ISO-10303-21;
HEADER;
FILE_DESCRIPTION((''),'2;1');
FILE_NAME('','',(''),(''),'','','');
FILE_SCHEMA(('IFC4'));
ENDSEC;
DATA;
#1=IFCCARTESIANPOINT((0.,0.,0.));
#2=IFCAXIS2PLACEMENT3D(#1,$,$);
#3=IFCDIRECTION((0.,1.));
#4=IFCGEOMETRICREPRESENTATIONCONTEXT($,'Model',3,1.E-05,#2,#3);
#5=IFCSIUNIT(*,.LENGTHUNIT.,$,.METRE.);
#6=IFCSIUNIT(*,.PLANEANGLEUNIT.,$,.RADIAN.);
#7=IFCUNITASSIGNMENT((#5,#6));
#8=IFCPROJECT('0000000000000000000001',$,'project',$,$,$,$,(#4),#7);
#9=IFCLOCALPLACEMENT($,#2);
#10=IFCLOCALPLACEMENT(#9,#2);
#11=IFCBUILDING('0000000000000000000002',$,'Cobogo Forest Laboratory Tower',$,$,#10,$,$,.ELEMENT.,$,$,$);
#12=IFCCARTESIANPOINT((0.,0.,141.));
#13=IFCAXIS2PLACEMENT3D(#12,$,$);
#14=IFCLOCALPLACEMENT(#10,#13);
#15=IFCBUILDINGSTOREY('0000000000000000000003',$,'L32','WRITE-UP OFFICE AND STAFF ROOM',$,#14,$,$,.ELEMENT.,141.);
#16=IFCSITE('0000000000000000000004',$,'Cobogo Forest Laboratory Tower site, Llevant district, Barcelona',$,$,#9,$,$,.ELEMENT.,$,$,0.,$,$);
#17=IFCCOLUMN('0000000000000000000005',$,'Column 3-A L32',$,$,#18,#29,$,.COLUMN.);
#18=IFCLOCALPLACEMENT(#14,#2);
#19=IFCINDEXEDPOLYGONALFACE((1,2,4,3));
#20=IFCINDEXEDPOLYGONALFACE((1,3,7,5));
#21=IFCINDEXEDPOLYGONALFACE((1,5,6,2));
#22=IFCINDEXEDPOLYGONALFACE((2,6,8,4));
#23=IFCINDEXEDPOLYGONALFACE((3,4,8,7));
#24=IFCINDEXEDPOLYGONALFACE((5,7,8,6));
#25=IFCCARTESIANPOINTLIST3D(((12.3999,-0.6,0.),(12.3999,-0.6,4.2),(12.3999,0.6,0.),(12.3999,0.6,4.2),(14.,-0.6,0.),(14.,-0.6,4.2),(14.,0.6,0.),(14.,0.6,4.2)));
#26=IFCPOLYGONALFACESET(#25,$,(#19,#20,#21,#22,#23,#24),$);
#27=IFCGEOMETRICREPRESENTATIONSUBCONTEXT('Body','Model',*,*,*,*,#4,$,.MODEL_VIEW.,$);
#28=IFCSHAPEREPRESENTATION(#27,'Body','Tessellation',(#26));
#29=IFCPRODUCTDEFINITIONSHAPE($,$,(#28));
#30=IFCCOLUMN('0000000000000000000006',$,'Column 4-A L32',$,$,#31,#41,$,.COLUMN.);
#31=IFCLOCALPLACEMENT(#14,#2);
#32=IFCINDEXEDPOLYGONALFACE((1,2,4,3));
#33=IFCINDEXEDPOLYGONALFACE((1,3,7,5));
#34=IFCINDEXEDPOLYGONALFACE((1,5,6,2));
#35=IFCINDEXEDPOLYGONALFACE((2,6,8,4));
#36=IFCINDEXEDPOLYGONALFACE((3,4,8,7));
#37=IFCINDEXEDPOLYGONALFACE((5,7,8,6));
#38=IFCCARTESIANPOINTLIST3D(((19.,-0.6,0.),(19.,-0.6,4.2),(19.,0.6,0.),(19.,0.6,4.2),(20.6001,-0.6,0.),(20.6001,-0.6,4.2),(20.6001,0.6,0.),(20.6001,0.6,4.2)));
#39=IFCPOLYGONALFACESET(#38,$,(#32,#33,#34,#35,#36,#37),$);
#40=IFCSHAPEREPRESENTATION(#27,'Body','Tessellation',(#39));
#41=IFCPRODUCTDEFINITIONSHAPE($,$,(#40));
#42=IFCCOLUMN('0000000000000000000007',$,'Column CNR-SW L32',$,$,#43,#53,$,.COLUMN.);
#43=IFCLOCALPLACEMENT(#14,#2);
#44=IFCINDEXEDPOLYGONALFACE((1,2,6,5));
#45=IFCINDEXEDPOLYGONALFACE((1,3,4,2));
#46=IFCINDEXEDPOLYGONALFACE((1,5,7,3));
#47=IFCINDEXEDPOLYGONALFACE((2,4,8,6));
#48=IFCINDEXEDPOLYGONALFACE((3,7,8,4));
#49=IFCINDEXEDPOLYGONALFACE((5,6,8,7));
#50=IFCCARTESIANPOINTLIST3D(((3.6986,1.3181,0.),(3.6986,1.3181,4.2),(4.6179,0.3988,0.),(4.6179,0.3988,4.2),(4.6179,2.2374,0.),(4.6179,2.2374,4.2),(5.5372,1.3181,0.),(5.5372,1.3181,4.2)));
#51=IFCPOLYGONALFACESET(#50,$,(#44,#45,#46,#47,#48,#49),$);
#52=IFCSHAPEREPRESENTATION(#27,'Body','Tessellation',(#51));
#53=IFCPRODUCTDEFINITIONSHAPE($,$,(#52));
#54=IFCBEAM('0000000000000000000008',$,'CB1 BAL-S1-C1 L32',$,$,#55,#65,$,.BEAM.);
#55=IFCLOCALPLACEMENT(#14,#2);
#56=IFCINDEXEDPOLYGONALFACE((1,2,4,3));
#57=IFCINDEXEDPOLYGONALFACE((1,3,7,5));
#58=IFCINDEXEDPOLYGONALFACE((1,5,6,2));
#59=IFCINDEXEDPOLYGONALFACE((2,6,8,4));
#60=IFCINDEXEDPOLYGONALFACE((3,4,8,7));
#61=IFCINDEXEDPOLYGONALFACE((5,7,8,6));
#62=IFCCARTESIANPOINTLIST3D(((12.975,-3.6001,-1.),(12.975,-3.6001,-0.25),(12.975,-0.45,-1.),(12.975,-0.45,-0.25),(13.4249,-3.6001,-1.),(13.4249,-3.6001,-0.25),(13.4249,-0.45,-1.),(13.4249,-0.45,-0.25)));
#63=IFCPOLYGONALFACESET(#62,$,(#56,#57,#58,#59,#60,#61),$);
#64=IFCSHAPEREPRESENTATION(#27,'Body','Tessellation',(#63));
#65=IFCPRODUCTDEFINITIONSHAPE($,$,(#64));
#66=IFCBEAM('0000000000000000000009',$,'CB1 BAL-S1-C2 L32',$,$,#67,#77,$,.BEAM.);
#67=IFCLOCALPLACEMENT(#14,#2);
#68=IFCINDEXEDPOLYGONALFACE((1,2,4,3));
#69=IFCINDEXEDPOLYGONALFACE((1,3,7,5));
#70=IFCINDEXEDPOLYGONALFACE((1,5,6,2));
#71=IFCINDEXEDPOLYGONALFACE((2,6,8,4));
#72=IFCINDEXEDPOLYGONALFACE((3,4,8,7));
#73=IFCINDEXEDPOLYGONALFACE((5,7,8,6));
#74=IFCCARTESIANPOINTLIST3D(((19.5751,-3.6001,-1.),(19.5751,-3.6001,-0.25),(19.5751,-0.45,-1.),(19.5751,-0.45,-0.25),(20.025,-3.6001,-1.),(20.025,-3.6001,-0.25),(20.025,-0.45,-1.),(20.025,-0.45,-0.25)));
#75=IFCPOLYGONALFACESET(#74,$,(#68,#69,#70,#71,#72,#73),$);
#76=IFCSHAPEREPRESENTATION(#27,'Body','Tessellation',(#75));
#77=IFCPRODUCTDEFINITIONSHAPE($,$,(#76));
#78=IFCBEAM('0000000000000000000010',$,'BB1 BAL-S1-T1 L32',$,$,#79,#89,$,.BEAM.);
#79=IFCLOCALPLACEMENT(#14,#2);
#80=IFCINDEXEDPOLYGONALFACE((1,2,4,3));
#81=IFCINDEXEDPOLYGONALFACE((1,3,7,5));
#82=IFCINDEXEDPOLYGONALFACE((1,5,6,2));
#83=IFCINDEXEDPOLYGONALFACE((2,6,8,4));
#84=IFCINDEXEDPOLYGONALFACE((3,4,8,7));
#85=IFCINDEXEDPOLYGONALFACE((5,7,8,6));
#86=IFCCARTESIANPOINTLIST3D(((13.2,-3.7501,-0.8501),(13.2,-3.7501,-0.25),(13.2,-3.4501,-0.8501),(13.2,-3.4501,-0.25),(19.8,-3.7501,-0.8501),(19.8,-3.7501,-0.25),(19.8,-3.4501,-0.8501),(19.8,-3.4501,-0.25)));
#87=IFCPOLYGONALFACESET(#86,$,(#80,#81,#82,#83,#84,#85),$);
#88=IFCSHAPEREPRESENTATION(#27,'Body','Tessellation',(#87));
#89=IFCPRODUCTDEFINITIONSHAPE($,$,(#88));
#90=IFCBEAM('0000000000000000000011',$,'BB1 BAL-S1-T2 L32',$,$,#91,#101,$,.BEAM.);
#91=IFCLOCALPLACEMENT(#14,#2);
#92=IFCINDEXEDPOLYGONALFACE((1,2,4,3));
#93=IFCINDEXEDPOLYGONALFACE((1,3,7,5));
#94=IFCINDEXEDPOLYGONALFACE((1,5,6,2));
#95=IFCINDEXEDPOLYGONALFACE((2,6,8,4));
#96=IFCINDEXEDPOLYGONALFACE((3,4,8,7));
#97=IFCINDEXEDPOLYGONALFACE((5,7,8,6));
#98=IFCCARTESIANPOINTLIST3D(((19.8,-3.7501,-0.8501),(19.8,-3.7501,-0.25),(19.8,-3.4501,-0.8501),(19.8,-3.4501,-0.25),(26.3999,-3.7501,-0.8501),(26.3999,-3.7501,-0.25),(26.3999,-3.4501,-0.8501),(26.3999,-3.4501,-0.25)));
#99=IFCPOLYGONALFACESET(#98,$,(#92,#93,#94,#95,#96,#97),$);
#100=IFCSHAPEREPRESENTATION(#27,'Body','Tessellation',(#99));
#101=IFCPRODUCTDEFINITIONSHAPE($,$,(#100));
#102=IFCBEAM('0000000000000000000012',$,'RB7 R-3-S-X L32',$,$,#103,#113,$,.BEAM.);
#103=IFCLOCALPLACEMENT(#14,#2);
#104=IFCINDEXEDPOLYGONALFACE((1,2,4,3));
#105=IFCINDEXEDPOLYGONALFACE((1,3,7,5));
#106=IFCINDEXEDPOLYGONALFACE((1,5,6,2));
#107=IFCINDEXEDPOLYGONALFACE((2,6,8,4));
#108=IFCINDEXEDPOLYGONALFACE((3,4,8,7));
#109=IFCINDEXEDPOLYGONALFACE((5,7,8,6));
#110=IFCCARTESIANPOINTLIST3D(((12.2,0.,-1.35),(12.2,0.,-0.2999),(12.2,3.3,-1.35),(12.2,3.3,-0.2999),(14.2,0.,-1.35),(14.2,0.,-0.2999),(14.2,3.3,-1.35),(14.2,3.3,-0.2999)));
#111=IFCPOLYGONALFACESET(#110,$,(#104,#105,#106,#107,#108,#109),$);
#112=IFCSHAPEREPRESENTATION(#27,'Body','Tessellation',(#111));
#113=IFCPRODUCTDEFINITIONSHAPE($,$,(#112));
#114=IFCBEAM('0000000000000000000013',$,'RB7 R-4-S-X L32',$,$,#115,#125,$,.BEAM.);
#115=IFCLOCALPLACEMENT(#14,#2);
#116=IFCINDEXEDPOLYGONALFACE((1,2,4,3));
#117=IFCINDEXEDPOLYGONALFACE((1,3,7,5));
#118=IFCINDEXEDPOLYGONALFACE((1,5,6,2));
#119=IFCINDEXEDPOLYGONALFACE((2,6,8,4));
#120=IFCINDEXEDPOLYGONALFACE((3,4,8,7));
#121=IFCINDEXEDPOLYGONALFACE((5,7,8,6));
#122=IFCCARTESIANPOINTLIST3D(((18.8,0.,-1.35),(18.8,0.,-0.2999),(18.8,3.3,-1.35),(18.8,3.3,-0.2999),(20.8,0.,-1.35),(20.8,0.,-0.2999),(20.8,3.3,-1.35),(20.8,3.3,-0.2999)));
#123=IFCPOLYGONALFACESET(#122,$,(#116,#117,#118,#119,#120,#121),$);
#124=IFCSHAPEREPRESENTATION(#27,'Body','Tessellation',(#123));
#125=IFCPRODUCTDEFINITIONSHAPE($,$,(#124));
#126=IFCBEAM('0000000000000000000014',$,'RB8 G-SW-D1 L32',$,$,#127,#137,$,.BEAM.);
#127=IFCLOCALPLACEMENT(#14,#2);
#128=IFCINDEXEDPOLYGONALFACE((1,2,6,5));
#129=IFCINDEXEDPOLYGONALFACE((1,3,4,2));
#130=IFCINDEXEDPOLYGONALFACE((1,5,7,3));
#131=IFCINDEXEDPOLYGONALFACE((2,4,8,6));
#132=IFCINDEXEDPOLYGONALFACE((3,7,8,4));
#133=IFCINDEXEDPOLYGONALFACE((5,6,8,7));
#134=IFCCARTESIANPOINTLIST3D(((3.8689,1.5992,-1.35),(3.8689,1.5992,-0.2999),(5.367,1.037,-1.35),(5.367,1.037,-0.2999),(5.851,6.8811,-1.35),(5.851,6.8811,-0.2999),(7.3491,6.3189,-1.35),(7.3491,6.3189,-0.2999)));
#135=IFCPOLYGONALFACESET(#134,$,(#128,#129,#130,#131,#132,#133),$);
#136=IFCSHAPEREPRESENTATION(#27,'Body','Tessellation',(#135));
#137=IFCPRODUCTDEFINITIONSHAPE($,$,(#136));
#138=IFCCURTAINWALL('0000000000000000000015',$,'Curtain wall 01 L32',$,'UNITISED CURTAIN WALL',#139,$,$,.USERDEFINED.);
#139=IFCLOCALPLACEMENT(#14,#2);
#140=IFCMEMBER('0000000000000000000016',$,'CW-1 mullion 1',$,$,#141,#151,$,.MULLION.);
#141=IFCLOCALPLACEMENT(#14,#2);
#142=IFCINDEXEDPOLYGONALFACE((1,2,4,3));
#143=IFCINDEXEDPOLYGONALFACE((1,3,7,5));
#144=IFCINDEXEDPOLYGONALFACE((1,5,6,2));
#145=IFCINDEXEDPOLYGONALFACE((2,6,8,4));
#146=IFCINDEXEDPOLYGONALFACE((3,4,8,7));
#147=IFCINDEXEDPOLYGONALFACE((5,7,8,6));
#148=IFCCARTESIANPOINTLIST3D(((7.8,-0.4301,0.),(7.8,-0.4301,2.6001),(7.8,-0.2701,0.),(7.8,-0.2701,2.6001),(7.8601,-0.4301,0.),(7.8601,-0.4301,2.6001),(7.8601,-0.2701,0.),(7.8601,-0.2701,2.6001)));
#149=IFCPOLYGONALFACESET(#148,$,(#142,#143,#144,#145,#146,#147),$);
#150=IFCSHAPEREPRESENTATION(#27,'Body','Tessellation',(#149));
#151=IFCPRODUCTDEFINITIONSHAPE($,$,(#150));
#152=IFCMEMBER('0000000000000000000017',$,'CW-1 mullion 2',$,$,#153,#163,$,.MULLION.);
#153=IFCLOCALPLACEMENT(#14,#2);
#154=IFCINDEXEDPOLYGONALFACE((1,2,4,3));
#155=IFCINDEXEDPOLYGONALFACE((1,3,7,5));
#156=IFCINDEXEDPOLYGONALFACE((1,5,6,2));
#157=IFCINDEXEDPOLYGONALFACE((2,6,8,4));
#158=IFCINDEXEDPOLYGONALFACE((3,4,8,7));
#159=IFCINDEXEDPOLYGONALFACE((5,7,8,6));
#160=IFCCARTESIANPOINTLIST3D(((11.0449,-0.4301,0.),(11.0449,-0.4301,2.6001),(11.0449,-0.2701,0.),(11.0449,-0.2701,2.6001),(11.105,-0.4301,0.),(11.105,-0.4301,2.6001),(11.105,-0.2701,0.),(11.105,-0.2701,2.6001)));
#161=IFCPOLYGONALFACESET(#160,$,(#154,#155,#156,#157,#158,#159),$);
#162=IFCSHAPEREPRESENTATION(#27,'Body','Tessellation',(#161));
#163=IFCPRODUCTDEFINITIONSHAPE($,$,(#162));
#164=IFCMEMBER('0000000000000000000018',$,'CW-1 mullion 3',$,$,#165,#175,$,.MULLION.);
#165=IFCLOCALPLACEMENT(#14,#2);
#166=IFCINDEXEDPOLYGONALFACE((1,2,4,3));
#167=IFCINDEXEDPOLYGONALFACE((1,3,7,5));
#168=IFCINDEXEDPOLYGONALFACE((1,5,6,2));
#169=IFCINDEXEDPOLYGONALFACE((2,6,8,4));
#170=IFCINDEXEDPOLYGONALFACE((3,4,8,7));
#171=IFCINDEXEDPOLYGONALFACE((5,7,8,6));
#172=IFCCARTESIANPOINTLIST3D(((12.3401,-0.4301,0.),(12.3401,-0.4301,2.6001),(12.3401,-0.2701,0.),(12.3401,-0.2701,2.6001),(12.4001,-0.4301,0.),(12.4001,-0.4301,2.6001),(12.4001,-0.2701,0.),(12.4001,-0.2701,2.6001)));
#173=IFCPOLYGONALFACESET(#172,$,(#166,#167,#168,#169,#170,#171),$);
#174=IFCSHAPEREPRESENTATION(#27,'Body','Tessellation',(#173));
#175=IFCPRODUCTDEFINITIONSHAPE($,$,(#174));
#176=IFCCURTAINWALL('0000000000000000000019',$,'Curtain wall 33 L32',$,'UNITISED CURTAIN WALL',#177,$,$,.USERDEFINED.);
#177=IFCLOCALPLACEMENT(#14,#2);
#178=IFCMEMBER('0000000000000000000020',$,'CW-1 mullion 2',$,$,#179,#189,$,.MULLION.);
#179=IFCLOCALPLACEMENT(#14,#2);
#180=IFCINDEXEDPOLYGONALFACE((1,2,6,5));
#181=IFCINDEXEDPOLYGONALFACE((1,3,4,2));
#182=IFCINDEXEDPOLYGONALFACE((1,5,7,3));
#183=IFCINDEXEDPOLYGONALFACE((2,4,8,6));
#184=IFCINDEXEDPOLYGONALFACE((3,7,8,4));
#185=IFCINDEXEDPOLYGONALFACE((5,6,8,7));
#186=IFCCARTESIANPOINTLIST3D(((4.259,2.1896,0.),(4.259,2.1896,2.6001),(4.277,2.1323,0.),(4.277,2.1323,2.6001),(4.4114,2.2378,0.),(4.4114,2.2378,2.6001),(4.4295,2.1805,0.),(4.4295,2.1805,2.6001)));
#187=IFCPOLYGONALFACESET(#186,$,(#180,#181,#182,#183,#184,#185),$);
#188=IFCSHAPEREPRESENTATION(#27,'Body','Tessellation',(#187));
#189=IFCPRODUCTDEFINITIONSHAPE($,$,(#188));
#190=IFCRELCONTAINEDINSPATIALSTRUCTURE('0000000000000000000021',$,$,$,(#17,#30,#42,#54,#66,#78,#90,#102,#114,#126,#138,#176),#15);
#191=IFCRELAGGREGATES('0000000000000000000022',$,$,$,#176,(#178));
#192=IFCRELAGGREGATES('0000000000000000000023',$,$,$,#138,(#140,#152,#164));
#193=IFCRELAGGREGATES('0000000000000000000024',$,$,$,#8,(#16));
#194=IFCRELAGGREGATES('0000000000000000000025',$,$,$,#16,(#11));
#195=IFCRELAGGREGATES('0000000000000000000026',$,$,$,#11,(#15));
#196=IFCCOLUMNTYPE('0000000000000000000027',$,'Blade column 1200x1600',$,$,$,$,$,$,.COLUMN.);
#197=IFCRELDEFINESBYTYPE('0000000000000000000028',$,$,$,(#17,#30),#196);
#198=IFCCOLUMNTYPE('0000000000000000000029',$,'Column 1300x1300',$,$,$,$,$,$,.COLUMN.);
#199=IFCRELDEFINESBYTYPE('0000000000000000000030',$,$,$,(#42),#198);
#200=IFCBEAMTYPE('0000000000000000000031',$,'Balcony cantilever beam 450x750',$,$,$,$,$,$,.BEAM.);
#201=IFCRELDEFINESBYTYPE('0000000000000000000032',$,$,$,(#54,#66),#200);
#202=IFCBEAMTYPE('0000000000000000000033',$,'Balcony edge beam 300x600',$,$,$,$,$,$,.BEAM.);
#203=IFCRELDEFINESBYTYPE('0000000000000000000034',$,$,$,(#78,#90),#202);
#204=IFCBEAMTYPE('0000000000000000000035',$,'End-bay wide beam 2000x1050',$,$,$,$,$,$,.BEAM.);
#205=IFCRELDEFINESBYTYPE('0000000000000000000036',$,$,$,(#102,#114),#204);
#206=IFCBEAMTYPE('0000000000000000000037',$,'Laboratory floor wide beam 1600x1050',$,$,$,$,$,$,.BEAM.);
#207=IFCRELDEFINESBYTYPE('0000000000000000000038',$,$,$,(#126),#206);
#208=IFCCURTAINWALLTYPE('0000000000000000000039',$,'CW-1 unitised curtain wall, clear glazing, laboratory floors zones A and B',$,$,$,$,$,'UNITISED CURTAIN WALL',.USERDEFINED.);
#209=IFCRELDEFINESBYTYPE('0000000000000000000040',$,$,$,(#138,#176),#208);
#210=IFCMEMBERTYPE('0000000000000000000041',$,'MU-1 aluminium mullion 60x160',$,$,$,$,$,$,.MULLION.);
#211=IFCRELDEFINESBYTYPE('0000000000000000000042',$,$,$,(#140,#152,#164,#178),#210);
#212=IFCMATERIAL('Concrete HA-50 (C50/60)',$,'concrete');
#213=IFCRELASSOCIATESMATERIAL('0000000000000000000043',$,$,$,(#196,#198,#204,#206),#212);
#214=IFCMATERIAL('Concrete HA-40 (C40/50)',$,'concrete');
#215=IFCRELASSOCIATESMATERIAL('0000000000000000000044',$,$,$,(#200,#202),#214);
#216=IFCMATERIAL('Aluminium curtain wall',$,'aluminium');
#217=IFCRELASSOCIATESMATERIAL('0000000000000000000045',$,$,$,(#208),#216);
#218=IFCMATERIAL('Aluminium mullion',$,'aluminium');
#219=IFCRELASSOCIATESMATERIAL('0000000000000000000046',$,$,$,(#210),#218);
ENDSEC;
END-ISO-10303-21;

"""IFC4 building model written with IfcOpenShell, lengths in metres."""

from ifc_helpers import new_model, si_unit, direction, frame, origin, origin_2d, place, context, subcontext, project, spatial, rectangle, extrude, material, material_profile, profile_set, type_object, element, aggregate, save


model = new_model("IFC4")

# Units and contexts
model_context = context("Model", 3, precision=1e-05, world=origin(), true_north=direction((0.0, 1.0)))
body_context = subcontext(model_context, "Body", "Model", "MODEL_VIEW")
ifc_project = project(units=[si_unit("LENGTHUNIT", "METRE"), si_unit("PLANEANGLEUNIT", "RADIAN")], contexts=[model_context])

# Site, building, storey
site_placement = place(None, origin())
site = spatial("IfcSite", under=ifc_project, at=site_placement, Name="Cobogo Forest Laboratory Tower site, Llevant district, Barcelona", CompositionType="ELEMENT", RefElevation=0.0)
building_placement = place(site_placement, origin())
building = spatial("IfcBuilding", under=site, at=building_placement, Name="Cobogo Forest Laboratory Tower", CompositionType="ELEMENT")
storey_placement = place(building_placement, frame((0.0, 0.0, 141.0)))
storey = spatial("IfcBuildingStorey", under=building, at=storey_placement, Name="L32", Description="WRITE-UP OFFICE AND STAFF ROOM", CompositionType="ELEMENT", Elevation=141.0)

# Columns
ifc_material_1 = material(Name="Concrete HA-50 (C50/60)", Category="concrete")
ifc_material_profile_1 = material_profile(ifc_material_1, rectangle(XDim=1.6001, YDim=1.2, at=origin_2d()), Name="RC 1200x1600")
ifc_profile_set_1 = profile_set([ifc_material_profile_1], Name="Concrete HA-50 (C50/60)")
column_type_1 = type_object("IfcColumnType", Name="Blade column 1200x1600", PredefinedType="COLUMN", material=ifc_profile_set_1)
for number, where, z_axis, x_axis, name in (
    (1, (13.2, 0.0, 0.0), (0.0, 0.0, 1.0), (1.0, 0.0, 0.0), "Column 3-A L32"),
    (2, (19.8, 0.0, 0.0), (0.0, 0.0, 1.0), (1.0, 0.0, 0.0), "Column 4-A L32"),
):
    element("IfcColumn", number, at=place(storey_placement, frame(where, z_axis=z_axis, x_axis=x_axis)), inside=storey, type_object=column_type_1, Name=name, PredefinedType="COLUMN", context=body_context, shape_type="SweptSolid", body=[
        extrude(rectangle(XDim=1.6001, YDim=1.2, at=origin_2d()), origin(), (0.0, 0.0, 1.0), 4.2),
    ])
ifc_material_profile_2 = material_profile(ifc_material_1, rectangle(XDim=1.3, YDim=1.3, at=origin_2d()), Name="RC 1300x1300")
ifc_profile_set_2 = profile_set([ifc_material_profile_2], Name="Concrete HA-50 (C50/60)")
column_type_2 = type_object("IfcColumnType", Name="Column 1300x1300", PredefinedType="COLUMN", material=ifc_profile_set_2)
column_placement = place(storey_placement, frame((4.6179, 1.3181, 0.0), z_axis=(0.0, 0.0, 1.0), x_axis=(0.707107, 0.707107, 0.0)))
element("IfcColumn", 3, at=column_placement, inside=storey, type_object=column_type_2, Name="Column CNR-SW L32", PredefinedType="COLUMN", context=body_context, shape_type="SweptSolid", body=[
    extrude(rectangle(XDim=1.3, YDim=1.3, at=origin_2d()), origin(), (0.0, 0.0, 1.0), 4.2),
])

# Beams
ifc_material_2 = material(Name="Concrete HA-40 (C40/50)", Category="concrete")
ifc_material_profile_3 = material_profile(ifc_material_2, rectangle(XDim=0.45, YDim=0.75, at=origin_2d()), Name="RC 450x750")
ifc_profile_set_3 = profile_set([ifc_material_profile_3], Name="Concrete HA-40 (C40/50)")
beam_type_1 = type_object("IfcBeamType", Name="Balcony cantilever beam 450x750", PredefinedType="BEAM", material=ifc_profile_set_3)
for number, where, z_axis, x_axis, name in (
    (4, (13.2, -0.45, -0.625), (0.0, -1.0, 0.0), (1.0, 0.0, 0.0), "CB1 BAL-S1-C1 L32"),
    (5, (19.8, -0.45, -0.625), (0.0, -1.0, 0.0), (1.0, 0.0, 0.0), "CB1 BAL-S1-C2 L32"),
):
    element("IfcBeam", number, at=place(storey_placement, frame(where, z_axis=z_axis, x_axis=x_axis)), inside=storey, type_object=beam_type_1, Name=name, PredefinedType="BEAM", context=body_context, shape_type="SweptSolid", body=[
        extrude(rectangle(XDim=0.45, YDim=0.75, at=origin_2d()), origin(), (0.0, 0.0, 1.0), 3.1501),
    ])
ifc_material_profile_4 = material_profile(ifc_material_2, rectangle(XDim=0.3, YDim=0.6001, at=origin_2d()), Name="RC 300x600")
ifc_profile_set_4 = profile_set([ifc_material_profile_4], Name="Concrete HA-40 (C40/50)")
beam_type_2 = type_object("IfcBeamType", Name="Balcony edge beam 300x600", PredefinedType="BEAM", material=ifc_profile_set_4)
beam_1_placement = place(storey_placement, frame((13.2, -3.6001, -0.55), z_axis=(1.0, 0.0, 0.0), x_axis=(0.0, 1.0, 0.0)))
element("IfcBeam", 6, at=beam_1_placement, inside=storey, type_object=beam_type_2, Name="BB1 BAL-S1-T1 L32", PredefinedType="BEAM", context=body_context, shape_type="SweptSolid", body=[
    extrude(rectangle(XDim=0.3, YDim=0.6001, at=origin_2d()), origin(), (0.0, 0.0, 1.0), 6.6001),
])
beam_2_placement = place(storey_placement, frame((19.8, -3.6001, -0.55), z_axis=(1.0, 0.0, 0.0), x_axis=(0.0, 1.0, 0.0)))
element("IfcBeam", 7, at=beam_2_placement, inside=storey, type_object=beam_type_2, Name="BB1 BAL-S1-T2 L32", PredefinedType="BEAM", context=body_context, shape_type="SweptSolid", body=[
    extrude(rectangle(XDim=0.3, YDim=0.6001, at=origin_2d()), origin(), (0.0, 0.0, 1.0), 6.5999),
])
ifc_material_profile_5 = material_profile(ifc_material_1, rectangle(XDim=2.0, YDim=1.05, at=origin_2d()), Name="RC 2000x1050")
ifc_profile_set_5 = profile_set([ifc_material_profile_5], Name="Concrete HA-50 (C50/60)")
beam_type_3 = type_object("IfcBeamType", Name="End-bay wide beam 2000x1050", PredefinedType="BEAM", material=ifc_profile_set_5)
for number, where, z_axis, x_axis, name in (
    (8, (13.2, 0.0, -0.825), (0.0, 1.0, 0.0), (-1.0, 0.0, 0.0), "RB7 R-3-S-X L32"),
    (9, (19.8, 0.0, -0.825), (0.0, 1.0, 0.0), (-1.0, 0.0, 0.0), "RB7 R-4-S-X L32"),
):
    element("IfcBeam", number, at=place(storey_placement, frame(where, z_axis=z_axis, x_axis=x_axis)), inside=storey, type_object=beam_type_3, Name=name, PredefinedType="BEAM", context=body_context, shape_type="SweptSolid", body=[
        extrude(rectangle(XDim=2.0, YDim=1.05, at=origin_2d()), origin(), (0.0, 0.0, 1.0), 3.3),
    ])
ifc_material_profile_6 = material_profile(ifc_material_1, rectangle(XDim=1.6001, YDim=1.05, at=origin_2d()), Name="RC 1600x1050")
ifc_profile_set_6 = profile_set([ifc_material_profile_6], Name="Concrete HA-50 (C50/60)")
beam_type_4 = type_object("IfcBeamType", Name="Laboratory floor wide beam 1600x1050", PredefinedType="BEAM", material=ifc_profile_set_6)
beam_3_placement = place(storey_placement, frame((4.6179, 1.3181, -0.825), z_axis=(0.351346, 0.936246, 0.0), x_axis=(-0.936246, 0.351346, 0.0)))
element("IfcBeam", 10, at=beam_3_placement, inside=storey, type_object=beam_type_4, Name="RB8 G-SW-D1 L32", PredefinedType="BEAM", context=body_context, shape_type="SweptSolid", body=[
    extrude(rectangle(XDim=1.6001, YDim=1.05, at=origin_2d()), origin(), (0.0, 0.0, 1.0), 5.6416),
])

# Curtain wall, members
ifc_material_3 = material(Name="Aluminium curtain wall", Category="aluminium")
curtain_wall_type = type_object("IfcCurtainWallType", Name="CW-1 unitised curtain wall, clear glazing, laboratory floors zones A and B", ElementType="UNITISED CURTAIN WALL", PredefinedType="USERDEFINED", material=ifc_material_3)
curtain_wall_1_placement = place(storey_placement, origin())
curtain_wall_1 = element("IfcCurtainWall", 11, at=curtain_wall_1_placement, inside=storey, type_object=curtain_wall_type, Name="Curtain wall 01 L32", ObjectType="UNITISED CURTAIN WALL", PredefinedType="USERDEFINED")
ifc_material_4 = material(Name="Aluminium mullion", Category="aluminium")
ifc_material_profile_7 = material_profile(ifc_material_4, rectangle(XDim=0.0601, YDim=0.1599, at=origin_2d()), Name="AL 60x160")
ifc_profile_set_7 = profile_set([ifc_material_profile_7], Name="Aluminium mullion")
member_type_1 = type_object("IfcMemberType", Name="MU-1 aluminium mullion 60x160", PredefinedType="MULLION", material=ifc_profile_set_7)
member_1_placement = place(storey_placement, frame((7.8301, -0.3501, 0.0), z_axis=(0.0, 0.0, 1.0), x_axis=(1.0, 0.0, 0.0)))
member_1 = element("IfcMember", 12, at=member_1_placement, type_object=member_type_1, Name="CW-1 mullion 1", PredefinedType="MULLION", context=body_context, shape_type="SweptSolid", body=[
    extrude(rectangle(XDim=0.0601, YDim=0.1599, at=origin_2d()), origin(), (0.0, 0.0, 1.0), 2.6001),
])
member_2_placement = place(storey_placement, frame((11.075, -0.3501, 0.0), z_axis=(0.0, 0.0, 1.0), x_axis=(1.0, 0.0, 0.0)))
member_2 = element("IfcMember", 13, at=member_2_placement, type_object=member_type_1, Name="CW-1 mullion 2", PredefinedType="MULLION", context=body_context, shape_type="SweptSolid", body=[
    extrude(rectangle(XDim=0.0601, YDim=0.1599, at=origin_2d()), origin(), (0.0, 0.0, 1.0), 2.6001),
])
member_3_placement = place(storey_placement, frame((12.3701, -0.3501, 0.0), z_axis=(0.0, 0.0, 1.0), x_axis=(1.0, 0.0, 0.0)))
member_3 = element("IfcMember", 14, at=member_3_placement, type_object=member_type_1, Name="CW-1 mullion 3", PredefinedType="MULLION", context=body_context, shape_type="SweptSolid", body=[
    extrude(rectangle(XDim=0.0601, YDim=0.1599, at=origin_2d()), origin(), (0.0, 0.0, 1.0), 2.6001),
])

# Curtain wall, member
curtain_wall_2_placement = place(storey_placement, origin())
curtain_wall_2 = element("IfcCurtainWall", 15, at=curtain_wall_2_placement, inside=storey, type_object=curtain_wall_type, Name="Curtain wall 33 L32", ObjectType="UNITISED CURTAIN WALL", PredefinedType="USERDEFINED")
member_4_placement = place(storey_placement, frame((4.3442, 2.1851, 0.0), z_axis=(0.0, 0.0, 1.0), x_axis=(0.301135, -0.953581, 0.0)))
member_4 = element("IfcMember", 16, at=member_4_placement, type_object=member_type_1, Name="CW-1 mullion 2", PredefinedType="MULLION", context=body_context, shape_type="SweptSolid", body=[
    extrude(rectangle(XDim=0.0601, YDim=0.1599, at=origin_2d()), origin(), (0.0, 0.0, 1.0), 2.6001),
])
aggregate(curtain_wall_2, [member_4])

aggregate(curtain_wall_1, [member_1, member_2, member_3])

save(model, "model.ifc")
